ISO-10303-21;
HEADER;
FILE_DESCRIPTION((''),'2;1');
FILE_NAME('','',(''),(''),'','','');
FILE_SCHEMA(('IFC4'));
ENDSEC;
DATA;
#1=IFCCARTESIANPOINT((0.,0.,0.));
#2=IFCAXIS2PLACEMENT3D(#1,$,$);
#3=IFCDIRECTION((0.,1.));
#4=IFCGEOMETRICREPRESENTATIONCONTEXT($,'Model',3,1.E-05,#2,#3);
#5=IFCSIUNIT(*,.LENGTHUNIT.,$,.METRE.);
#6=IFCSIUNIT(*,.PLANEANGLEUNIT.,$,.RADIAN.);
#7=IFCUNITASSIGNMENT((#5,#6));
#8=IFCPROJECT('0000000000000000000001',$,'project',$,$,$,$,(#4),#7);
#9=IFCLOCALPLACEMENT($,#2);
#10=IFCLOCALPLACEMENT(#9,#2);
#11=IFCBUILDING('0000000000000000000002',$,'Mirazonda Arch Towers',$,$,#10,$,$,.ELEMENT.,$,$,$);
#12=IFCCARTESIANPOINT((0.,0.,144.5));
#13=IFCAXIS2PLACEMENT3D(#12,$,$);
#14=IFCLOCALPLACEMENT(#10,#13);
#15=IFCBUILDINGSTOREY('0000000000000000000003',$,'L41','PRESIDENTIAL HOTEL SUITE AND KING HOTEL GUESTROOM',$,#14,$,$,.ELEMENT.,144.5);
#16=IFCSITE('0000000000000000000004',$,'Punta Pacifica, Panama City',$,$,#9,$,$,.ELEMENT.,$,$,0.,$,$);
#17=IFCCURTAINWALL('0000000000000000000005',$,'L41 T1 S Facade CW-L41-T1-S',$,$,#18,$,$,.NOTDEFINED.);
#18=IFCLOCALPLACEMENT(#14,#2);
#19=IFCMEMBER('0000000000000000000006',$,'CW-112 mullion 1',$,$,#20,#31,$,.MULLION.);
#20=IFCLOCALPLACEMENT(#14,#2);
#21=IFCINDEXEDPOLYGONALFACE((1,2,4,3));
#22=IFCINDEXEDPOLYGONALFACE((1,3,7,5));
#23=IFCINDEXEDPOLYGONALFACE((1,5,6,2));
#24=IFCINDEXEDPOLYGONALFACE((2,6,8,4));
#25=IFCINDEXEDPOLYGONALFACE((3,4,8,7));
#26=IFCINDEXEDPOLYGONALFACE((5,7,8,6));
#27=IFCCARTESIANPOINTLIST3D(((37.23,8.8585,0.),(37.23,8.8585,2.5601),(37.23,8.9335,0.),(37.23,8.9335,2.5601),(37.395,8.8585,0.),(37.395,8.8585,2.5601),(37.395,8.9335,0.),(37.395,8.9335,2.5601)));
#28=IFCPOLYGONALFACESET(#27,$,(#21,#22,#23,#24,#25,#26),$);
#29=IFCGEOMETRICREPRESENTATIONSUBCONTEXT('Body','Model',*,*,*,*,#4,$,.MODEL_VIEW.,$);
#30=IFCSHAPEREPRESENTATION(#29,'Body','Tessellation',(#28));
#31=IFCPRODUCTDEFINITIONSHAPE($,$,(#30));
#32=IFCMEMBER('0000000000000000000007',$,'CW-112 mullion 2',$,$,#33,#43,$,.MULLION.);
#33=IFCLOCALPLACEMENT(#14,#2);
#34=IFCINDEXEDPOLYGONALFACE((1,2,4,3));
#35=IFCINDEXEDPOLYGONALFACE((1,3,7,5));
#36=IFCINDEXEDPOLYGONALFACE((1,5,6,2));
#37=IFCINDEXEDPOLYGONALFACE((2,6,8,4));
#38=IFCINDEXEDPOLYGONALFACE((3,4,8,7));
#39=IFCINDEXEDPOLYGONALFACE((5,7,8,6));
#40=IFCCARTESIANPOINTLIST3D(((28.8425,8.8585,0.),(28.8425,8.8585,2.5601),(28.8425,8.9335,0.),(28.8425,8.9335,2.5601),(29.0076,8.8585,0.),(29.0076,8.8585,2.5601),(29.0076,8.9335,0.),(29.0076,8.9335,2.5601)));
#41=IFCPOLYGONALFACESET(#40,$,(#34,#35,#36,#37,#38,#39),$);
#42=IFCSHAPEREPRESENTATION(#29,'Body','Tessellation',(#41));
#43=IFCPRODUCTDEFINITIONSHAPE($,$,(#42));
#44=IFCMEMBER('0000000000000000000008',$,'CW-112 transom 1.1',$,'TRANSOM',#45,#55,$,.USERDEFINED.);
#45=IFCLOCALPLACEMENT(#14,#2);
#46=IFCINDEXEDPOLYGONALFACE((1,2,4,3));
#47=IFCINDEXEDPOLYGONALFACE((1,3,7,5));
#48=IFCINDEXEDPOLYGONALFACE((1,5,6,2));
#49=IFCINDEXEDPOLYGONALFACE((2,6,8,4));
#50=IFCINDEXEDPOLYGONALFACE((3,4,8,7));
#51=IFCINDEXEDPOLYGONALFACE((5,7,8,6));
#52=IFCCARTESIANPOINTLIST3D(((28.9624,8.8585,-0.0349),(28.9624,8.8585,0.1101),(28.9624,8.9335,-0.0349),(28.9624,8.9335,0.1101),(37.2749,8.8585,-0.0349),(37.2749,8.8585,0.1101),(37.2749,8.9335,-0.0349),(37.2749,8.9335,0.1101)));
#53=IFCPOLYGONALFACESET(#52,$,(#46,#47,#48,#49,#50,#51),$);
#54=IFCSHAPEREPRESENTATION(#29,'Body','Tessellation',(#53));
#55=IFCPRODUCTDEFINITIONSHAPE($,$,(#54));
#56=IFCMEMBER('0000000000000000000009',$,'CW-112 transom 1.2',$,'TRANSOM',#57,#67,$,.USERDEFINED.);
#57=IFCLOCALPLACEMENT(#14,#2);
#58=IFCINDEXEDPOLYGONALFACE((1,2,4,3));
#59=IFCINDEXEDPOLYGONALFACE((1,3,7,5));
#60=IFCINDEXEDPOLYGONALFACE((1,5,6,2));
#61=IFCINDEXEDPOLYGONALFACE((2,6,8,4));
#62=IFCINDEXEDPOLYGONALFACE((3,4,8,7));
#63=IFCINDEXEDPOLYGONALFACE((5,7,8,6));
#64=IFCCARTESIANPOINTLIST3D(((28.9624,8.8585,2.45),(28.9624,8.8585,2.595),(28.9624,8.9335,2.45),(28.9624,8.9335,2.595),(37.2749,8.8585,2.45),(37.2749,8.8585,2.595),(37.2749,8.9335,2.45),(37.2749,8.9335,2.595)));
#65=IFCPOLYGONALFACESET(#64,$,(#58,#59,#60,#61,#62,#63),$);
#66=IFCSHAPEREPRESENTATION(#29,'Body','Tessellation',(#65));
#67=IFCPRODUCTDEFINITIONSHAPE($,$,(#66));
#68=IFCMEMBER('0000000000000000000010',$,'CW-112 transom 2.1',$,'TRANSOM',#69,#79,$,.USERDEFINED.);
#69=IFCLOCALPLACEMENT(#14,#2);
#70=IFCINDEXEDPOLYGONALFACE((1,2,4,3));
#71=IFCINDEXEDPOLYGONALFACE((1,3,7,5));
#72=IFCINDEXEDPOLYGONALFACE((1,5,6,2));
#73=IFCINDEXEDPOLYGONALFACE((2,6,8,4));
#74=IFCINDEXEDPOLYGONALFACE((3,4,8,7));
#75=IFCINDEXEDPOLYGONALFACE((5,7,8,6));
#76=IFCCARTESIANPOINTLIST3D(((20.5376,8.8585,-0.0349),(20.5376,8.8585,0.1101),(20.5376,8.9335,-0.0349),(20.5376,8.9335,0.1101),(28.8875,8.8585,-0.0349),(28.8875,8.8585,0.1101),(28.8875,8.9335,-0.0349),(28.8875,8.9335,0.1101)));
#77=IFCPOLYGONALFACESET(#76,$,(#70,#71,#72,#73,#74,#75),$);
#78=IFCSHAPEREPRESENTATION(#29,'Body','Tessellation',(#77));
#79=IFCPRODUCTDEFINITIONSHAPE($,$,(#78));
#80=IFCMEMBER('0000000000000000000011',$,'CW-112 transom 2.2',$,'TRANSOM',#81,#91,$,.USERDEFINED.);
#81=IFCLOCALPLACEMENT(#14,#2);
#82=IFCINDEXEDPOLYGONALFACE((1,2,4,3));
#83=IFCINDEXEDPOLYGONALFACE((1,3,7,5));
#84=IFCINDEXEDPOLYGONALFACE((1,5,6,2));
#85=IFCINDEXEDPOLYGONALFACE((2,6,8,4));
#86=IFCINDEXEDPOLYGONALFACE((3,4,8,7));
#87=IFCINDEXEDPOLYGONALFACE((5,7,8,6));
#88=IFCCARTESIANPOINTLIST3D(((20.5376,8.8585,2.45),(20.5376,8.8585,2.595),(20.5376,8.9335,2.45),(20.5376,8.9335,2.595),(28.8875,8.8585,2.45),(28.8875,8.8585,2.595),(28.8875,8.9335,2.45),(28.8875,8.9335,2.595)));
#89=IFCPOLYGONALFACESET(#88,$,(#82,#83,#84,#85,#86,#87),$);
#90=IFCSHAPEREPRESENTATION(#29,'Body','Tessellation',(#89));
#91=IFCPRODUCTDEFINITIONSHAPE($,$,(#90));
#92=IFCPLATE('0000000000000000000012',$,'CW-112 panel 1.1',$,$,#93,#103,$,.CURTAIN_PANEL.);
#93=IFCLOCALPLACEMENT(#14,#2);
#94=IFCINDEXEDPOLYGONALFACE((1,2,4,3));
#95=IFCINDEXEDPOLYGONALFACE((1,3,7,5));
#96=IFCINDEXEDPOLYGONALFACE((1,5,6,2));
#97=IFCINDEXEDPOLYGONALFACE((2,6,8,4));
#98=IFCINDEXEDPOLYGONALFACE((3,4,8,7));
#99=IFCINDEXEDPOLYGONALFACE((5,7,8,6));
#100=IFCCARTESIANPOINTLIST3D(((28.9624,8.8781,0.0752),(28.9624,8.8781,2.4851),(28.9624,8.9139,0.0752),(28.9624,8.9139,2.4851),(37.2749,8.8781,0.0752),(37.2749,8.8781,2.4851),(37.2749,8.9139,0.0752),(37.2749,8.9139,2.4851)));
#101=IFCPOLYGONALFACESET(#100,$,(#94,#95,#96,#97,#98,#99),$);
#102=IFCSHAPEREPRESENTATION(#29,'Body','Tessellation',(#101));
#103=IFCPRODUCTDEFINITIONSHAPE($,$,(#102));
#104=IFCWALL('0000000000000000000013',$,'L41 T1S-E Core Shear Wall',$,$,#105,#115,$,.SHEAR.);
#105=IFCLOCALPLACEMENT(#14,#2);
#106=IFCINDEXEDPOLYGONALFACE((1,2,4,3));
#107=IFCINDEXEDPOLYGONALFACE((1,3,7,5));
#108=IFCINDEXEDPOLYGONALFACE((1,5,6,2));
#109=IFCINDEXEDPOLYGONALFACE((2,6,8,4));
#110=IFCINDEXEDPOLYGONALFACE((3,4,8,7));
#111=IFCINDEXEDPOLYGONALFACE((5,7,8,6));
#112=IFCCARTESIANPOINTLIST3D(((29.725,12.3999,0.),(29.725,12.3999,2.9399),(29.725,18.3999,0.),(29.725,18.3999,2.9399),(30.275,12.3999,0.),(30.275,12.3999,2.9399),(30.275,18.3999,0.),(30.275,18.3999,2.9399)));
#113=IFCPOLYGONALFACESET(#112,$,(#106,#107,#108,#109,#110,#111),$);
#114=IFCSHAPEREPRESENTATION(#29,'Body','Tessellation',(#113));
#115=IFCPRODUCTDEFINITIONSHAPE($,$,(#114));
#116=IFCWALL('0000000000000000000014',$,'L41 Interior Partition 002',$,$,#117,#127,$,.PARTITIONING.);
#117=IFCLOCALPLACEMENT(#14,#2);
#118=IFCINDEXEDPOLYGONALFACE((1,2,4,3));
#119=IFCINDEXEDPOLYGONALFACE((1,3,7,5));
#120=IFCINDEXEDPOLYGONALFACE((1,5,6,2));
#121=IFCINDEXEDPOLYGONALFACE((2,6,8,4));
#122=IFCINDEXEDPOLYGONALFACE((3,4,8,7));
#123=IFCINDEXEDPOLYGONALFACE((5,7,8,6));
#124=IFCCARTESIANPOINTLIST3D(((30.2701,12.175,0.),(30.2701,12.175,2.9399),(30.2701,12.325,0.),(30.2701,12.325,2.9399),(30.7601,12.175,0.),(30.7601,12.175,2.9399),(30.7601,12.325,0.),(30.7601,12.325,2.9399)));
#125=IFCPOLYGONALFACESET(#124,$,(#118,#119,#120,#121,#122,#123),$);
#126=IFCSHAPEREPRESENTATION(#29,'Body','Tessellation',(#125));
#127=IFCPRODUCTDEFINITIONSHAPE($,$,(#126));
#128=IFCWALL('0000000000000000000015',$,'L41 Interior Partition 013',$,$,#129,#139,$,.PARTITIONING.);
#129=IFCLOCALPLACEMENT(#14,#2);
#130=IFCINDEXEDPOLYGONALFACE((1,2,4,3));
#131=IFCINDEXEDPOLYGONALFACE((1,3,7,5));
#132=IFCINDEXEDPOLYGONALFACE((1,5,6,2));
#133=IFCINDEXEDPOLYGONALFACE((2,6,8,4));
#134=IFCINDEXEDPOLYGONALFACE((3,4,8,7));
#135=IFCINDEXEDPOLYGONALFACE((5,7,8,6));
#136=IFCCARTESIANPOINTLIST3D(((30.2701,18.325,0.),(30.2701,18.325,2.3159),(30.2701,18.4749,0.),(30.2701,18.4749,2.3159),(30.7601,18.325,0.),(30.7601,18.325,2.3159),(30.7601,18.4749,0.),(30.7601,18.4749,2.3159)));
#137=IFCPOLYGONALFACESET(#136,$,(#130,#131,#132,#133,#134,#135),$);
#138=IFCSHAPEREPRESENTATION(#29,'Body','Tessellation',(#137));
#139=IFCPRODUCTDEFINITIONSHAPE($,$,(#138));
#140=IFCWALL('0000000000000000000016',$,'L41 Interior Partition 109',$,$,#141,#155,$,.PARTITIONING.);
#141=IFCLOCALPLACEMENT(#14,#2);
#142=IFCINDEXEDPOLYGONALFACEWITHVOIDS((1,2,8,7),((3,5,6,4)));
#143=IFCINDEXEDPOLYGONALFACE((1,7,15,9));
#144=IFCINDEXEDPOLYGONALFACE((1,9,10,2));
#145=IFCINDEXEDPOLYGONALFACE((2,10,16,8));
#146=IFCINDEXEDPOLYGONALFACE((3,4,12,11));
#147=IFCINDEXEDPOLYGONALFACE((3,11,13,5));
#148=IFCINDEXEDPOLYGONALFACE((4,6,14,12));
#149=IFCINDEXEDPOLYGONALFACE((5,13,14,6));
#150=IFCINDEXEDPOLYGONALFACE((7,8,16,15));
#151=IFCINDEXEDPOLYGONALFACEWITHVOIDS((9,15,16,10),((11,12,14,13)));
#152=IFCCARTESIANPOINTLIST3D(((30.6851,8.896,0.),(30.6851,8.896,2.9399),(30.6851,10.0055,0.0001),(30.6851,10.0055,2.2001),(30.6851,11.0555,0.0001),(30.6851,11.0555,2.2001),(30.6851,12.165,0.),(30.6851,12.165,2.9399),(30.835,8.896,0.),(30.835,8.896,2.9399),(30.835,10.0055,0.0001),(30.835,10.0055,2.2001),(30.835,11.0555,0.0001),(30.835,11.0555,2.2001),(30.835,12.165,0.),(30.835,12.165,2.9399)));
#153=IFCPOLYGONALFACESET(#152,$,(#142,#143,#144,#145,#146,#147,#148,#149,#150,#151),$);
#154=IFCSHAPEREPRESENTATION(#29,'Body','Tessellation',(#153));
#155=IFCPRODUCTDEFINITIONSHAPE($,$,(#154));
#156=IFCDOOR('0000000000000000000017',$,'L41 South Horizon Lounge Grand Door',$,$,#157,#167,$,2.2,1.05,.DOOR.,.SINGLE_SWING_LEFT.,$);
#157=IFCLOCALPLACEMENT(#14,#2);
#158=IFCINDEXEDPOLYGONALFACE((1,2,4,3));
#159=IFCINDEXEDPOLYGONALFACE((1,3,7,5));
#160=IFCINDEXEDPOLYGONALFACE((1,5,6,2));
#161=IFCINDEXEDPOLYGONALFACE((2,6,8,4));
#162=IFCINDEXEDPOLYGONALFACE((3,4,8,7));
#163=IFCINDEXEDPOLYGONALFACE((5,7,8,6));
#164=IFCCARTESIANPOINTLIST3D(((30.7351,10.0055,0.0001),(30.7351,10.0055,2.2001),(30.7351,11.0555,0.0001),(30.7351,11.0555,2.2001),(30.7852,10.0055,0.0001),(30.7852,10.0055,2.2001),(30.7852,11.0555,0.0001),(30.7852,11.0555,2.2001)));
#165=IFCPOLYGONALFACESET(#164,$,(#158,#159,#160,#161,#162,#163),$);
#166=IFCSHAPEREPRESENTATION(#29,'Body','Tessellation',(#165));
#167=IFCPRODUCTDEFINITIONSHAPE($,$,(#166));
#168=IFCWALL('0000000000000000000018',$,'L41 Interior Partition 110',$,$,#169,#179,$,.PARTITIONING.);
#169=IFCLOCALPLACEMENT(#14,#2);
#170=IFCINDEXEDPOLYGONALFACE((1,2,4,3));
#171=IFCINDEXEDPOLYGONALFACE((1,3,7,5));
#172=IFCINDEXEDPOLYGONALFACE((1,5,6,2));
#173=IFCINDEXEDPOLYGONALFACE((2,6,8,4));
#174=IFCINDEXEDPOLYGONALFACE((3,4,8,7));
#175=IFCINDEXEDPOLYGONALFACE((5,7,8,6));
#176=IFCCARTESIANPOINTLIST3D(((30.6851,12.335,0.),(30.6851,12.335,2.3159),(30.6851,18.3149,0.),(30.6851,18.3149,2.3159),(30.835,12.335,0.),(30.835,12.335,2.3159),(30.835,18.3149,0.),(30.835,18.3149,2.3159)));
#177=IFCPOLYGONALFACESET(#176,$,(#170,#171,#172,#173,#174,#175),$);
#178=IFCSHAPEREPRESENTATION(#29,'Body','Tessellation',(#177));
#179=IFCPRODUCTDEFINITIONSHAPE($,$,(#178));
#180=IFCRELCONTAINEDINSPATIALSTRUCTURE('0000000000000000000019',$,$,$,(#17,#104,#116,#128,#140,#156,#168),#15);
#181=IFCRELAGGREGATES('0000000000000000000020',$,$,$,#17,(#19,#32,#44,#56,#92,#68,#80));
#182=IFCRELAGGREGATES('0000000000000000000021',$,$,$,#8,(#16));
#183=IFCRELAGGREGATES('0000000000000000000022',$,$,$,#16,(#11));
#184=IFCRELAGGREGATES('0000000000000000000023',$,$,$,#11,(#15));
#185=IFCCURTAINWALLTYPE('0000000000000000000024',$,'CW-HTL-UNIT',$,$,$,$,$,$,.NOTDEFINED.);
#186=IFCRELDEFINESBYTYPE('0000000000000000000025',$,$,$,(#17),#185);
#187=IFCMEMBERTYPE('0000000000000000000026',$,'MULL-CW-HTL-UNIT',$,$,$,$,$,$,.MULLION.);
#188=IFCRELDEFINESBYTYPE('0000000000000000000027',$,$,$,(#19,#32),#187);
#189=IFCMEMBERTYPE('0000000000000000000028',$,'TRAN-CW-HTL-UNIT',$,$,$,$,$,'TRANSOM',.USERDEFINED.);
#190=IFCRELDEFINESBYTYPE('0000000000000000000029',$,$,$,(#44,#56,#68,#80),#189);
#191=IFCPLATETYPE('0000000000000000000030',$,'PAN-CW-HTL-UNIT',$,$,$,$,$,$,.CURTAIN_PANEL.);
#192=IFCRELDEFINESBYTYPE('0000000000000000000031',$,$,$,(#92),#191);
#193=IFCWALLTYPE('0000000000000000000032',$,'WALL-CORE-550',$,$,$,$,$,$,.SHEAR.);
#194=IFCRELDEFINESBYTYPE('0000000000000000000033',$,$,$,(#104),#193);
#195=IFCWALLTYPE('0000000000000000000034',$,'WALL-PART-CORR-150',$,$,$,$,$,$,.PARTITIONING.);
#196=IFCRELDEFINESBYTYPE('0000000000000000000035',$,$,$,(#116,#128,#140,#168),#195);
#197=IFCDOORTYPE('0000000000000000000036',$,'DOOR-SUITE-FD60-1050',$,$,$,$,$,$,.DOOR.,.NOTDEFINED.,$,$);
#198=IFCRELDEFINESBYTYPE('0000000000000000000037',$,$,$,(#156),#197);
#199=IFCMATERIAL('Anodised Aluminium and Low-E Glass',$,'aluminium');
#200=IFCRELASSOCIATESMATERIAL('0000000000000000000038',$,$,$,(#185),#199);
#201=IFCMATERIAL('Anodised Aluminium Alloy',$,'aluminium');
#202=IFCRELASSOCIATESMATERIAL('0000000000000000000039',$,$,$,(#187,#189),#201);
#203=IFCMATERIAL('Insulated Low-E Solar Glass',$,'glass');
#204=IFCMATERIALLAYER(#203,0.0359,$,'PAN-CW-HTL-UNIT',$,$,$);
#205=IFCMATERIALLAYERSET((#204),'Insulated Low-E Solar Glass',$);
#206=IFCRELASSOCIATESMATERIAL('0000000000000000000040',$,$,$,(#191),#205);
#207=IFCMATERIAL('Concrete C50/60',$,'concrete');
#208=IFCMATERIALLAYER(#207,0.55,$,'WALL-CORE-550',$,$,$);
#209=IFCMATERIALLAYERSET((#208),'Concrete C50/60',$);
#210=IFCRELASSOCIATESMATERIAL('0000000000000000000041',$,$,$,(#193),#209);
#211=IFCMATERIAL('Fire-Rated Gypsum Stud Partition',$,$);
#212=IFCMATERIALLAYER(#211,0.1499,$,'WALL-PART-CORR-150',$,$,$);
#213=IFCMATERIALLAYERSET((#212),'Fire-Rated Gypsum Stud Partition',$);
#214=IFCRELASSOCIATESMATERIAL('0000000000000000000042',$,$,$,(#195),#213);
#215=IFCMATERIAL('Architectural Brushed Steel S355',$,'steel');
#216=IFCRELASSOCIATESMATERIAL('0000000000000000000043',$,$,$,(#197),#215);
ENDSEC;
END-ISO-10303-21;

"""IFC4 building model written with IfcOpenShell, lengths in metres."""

from ifc_helpers import new_model, si_unit, direction, frame, frame_2d, origin, origin_2d, place, context, subcontext, project, spatial, rectangle, extrude, material, layer, layer_set, material_profile, profile_set, type_object, element, fill, aggregate, save


model = new_model("IFC4")

# Units and contexts
model_context = context("Model", 3, precision=1e-05, world=origin(), true_north=direction((0.0, 1.0)))
body_context = subcontext(model_context, "Body", "Model", "MODEL_VIEW")
ifc_project = project(units=[si_unit("LENGTHUNIT", "METRE"), si_unit("PLANEANGLEUNIT", "RADIAN")], contexts=[model_context])

# Site, building, storey
site_placement = place(None, origin())
site = spatial("IfcSite", under=ifc_project, at=site_placement, Name="Punta Pacifica, Panama City", CompositionType="ELEMENT", RefElevation=0.0)
building_placement = place(site_placement, origin())
building = spatial("IfcBuilding", under=site, at=building_placement, Name="Mirazonda Arch Towers", CompositionType="ELEMENT")
storey_placement = place(building_placement, frame((0.0, 0.0, 144.5)))
storey = spatial("IfcBuildingStorey", under=building, at=storey_placement, Name="L41", Description="PRESIDENTIAL HOTEL SUITE AND KING HOTEL GUESTROOM", CompositionType="ELEMENT", Elevation=144.5)

# Shared definitions
ifc_material_1 = material(Name="Concrete C50/60", Category="concrete")

# Curtain wall, members, plate
ifc_material_2 = material(Name="Anodised Aluminium and Low-E Glass", Category="aluminium")
curtain_wall_type = type_object("IfcCurtainWallType", Name="CW-HTL-UNIT", PredefinedType="NOTDEFINED", material=ifc_material_2)
curtain_wall_placement = place(storey_placement, origin())
curtain_wall = element("IfcCurtainWall", 1, at=curtain_wall_placement, inside=storey, type_object=curtain_wall_type, Name="L41 T1 S Facade CW-L41-T1-S", PredefinedType="NOTDEFINED")
ifc_material_3 = material(Name="Anodised Aluminium Alloy", Category="aluminium")
ifc_material_profile_1 = material_profile(ifc_material_3, rectangle(XDim=0.075, YDim=0.165, at=origin_2d()), Name="ALU-MULL-75x165")
ifc_profile_set_1 = profile_set([ifc_material_profile_1], Name="Anodised Aluminium Alloy")
member_type_1 = type_object("IfcMemberType", Name="MULL-CW-HTL-UNIT", PredefinedType="MULLION", material=ifc_profile_set_1)
member_1_placement = place(storey_placement, frame((37.3125, 8.896, 0.0), z_axis=(0.0, 0.0, 1.0), x_axis=(0.0, -1.0, 0.0)))
member_1 = element("IfcMember", 2, at=member_1_placement, type_object=member_type_1, Name="CW-112 mullion 1", PredefinedType="MULLION", context=body_context, shape_type="SweptSolid", body=[
    extrude(rectangle(XDim=0.075, YDim=0.165, at=origin_2d()), origin(), (0.0, 0.0, 1.0), 2.5601),
])
member_2_placement = place(storey_placement, frame((28.925, 8.896, 0.0), z_axis=(0.0, 0.0, 1.0), x_axis=(0.0, -1.0, 0.0)))
member_2 = element("IfcMember", 3, at=member_2_placement, type_object=member_type_1, Name="CW-112 mullion 2", PredefinedType="MULLION", context=body_context, shape_type="SweptSolid", body=[
    extrude(rectangle(XDim=0.075, YDim=0.165, at=origin_2d()), origin(), (0.0, 0.0, 1.0), 2.5601),
])
ifc_material_profile_2 = material_profile(ifc_material_3, rectangle(XDim=0.075, YDim=0.145, at=origin_2d()), Name="ALU-TRAN-75x145")
ifc_profile_set_2 = profile_set([ifc_material_profile_2], Name="Anodised Aluminium Alloy")
member_type_2 = type_object("IfcMemberType", Name="TRAN-CW-HTL-UNIT", ElementType="TRANSOM", PredefinedType="USERDEFINED", material=ifc_profile_set_2)
member_3_placement = place(storey_placement, frame((37.2749, 8.896, 0.0376), z_axis=(-1.0, 0.0, 0.0), x_axis=(0.0, -1.0, 0.0)))
member_3 = element("IfcMember", 4, at=member_3_placement, type_object=member_type_2, Name="CW-112 transom 1.1", ObjectType="TRANSOM", PredefinedType="USERDEFINED", context=body_context, shape_type="SweptSolid", body=[
    extrude(rectangle(XDim=0.075, YDim=0.145, at=origin_2d()), origin(), (0.0, 0.0, 1.0), 8.3125),
])
member_4_placement = place(storey_placement, frame((37.2749, 8.896, 2.5225), z_axis=(-1.0, 0.0, 0.0), x_axis=(0.0, -1.0, 0.0)))
member_4 = element("IfcMember", 5, at=member_4_placement, type_object=member_type_2, Name="CW-112 transom 1.2", ObjectType="TRANSOM", PredefinedType="USERDEFINED", context=body_context, shape_type="SweptSolid", body=[
    extrude(rectangle(XDim=0.075, YDim=0.145, at=origin_2d()), origin(), (0.0, 0.0, 1.0), 8.3125),
])
member_5_placement = place(storey_placement, frame((28.8875, 8.896, 0.0376), z_axis=(-1.0, 0.0, 0.0), x_axis=(0.0, -1.0, 0.0)))
member_5 = element("IfcMember", 6, at=member_5_placement, type_object=member_type_2, Name="CW-112 transom 2.1", ObjectType="TRANSOM", PredefinedType="USERDEFINED", context=body_context, shape_type="SweptSolid", body=[
    extrude(rectangle(XDim=0.075, YDim=0.145, at=origin_2d()), origin(), (0.0, 0.0, 1.0), 8.3499),
])
member_6_placement = place(storey_placement, frame((28.8875, 8.896, 2.5225), z_axis=(-1.0, 0.0, 0.0), x_axis=(0.0, -1.0, 0.0)))
member_6 = element("IfcMember", 7, at=member_6_placement, type_object=member_type_2, Name="CW-112 transom 2.2", ObjectType="TRANSOM", PredefinedType="USERDEFINED", context=body_context, shape_type="SweptSolid", body=[
    extrude(rectangle(XDim=0.075, YDim=0.145, at=origin_2d()), origin(), (0.0, 0.0, 1.0), 8.3499),
])
ifc_material_4 = material(Name="Insulated Low-E Solar Glass", Category="glass")
ifc_layer_1 = layer(ifc_material_4, 0.0359, Name="PAN-CW-HTL-UNIT")
ifc_layer_set_1 = layer_set([ifc_layer_1], Name="Insulated Low-E Solar Glass")
plate_type = type_object("IfcPlateType", Name="PAN-CW-HTL-UNIT", PredefinedType="CURTAIN_PANEL", material=ifc_layer_set_1)
plate_placement = place(storey_placement, frame((33.1187, 8.896, 0.0752), z_axis=(0.0, 0.0, 1.0), x_axis=(-1.0, 0.0, 0.0)))
plate = element("IfcPlate", 8, at=plate_placement, type_object=plate_type, Name="CW-112 panel 1.1", PredefinedType="CURTAIN_PANEL", context=body_context, shape_type="SweptSolid", body=[
    extrude(rectangle(XDim=8.3125, YDim=0.0359, at=origin_2d()), origin(), (0.0, 0.0, 1.0), 2.4099),
])
aggregate(curtain_wall, [member_1, member_2, member_3, member_4, plate, member_5, member_6])

# Walls
ifc_layer_2 = layer(ifc_material_1, 0.55, Name="WALL-CORE-550")
ifc_layer_set_2 = layer_set([ifc_layer_2], Name="Concrete C50/60")
wall_type_1 = type_object("IfcWallType", Name="WALL-CORE-550", PredefinedType="SHEAR", material=ifc_layer_set_2)
wall_1_placement = place(storey_placement, frame((30.0, 12.3999, 0.0), z_axis=(0.0, 0.0, 1.0), x_axis=(0.0, 1.0, 0.0)))
element("IfcWall", 9, at=wall_1_placement, inside=storey, type_object=wall_type_1, Name="L41 T1S-E Core Shear Wall", PredefinedType="SHEAR", context=body_context, shape_type="SweptSolid", body=[
    extrude(rectangle(XDim=6.0, YDim=0.55, at=frame_2d((3.0, 0.0))), origin(), (0.0, 0.0, 1.0), 2.9399),
])
ifc_material_5 = material(Name="Fire-Rated Gypsum Stud Partition")
ifc_layer_3 = layer(ifc_material_5, 0.1499, Name="WALL-PART-CORR-150")
ifc_layer_set_3 = layer_set([ifc_layer_3], Name="Fire-Rated Gypsum Stud Partition")
wall_type_2 = type_object("IfcWallType", Name="WALL-PART-CORR-150", PredefinedType="PARTITIONING", material=ifc_layer_set_3)
wall_2_placement = place(storey_placement, frame((30.27, 12.25, 0.0), z_axis=(0.0, 0.0, 1.0), x_axis=(1.0, 0.0, 0.0)))
element("IfcWall", 10, at=wall_2_placement, inside=storey, type_object=wall_type_2, Name="L41 Interior Partition 002", PredefinedType="PARTITIONING", context=body_context, shape_type="SweptSolid", body=[
    extrude(rectangle(XDim=0.49, YDim=0.1499, at=frame_2d((0.2451, 0.0))), origin(), (0.0, 0.0, 1.0), 2.9399),
])
wall_3_placement = place(storey_placement, frame((30.27, 18.3999, 0.0), z_axis=(0.0, 0.0, 1.0), x_axis=(1.0, 0.0, 0.0)))
element("IfcWall", 11, at=wall_3_placement, inside=storey, type_object=wall_type_2, Name="L41 Interior Partition 013", PredefinedType="PARTITIONING", context=body_context, shape_type="SweptSolid", body=[
    extrude(rectangle(XDim=0.49, YDim=0.1499, at=frame_2d((0.2451, 0.0))), origin(), (0.0, 0.0, 1.0), 2.3159),
])

# Wall, opening, door
wall_4_placement = place(storey_placement, frame((30.76, 8.896, 0.0), z_axis=(0.0, 0.0, 1.0), x_axis=(0.0, 1.0, 0.0)))
wall_4 = element("IfcWall", 12, at=wall_4_placement, inside=storey, type_object=wall_type_2, Name="L41 Interior Partition 109", PredefinedType="PARTITIONING", context=body_context, shape_type="SweptSolid", body=[
    extrude(rectangle(XDim=3.269, YDim=0.1499, at=frame_2d((1.6345, 0.0))), origin(), (0.0, 0.0, 1.0), 2.9399),
])
opening_1_placement = place(wall_4_placement, frame((1.1096, 0.0, 0.0)))
opening_1 = element("IfcOpeningElement", 13, at=opening_1_placement, cuts=wall_4, PredefinedType="OPENING", context=body_context, shape_type="SweptSolid", body=[
    extrude(rectangle(XDim=1.05, YDim=2.2, at=frame_2d((0.5249, 1.1001))), frame((0.0, 0.085, 0.0), z_axis=(0.0, -1.0, 0.0), x_axis=(1.0, 0.0, 0.0)), (0.0, 0.0, 1.0), 0.1699),
])
ifc_material_6 = material(Name="Architectural Brushed Steel S355", Category="steel")
door_type_1 = type_object("IfcDoorType", Name="DOOR-SUITE-FD60-1050", OperationType="NOTDEFINED", PredefinedType="DOOR", material=ifc_material_6)
door_1_placement = place(opening_1_placement, origin())
door_1 = element("IfcDoor", 14, at=door_1_placement, inside=storey, type_object=door_type_1, Name="L41 South Horizon Lounge Grand Door", OperationType="SINGLE_SWING_LEFT", OverallHeight=2.2, OverallWidth=1.05, PredefinedType="DOOR", context=body_context, shape_type="SweptSolid", body=[
    extrude(rectangle(XDim=1.05, YDim=2.2, at=frame_2d((0.5249, 1.1001))), frame((0.0, 0.0249, 0.0), z_axis=(0.0, -1.0, 0.0), x_axis=(1.0, 0.0, 0.0)), (0.0, 0.0, 1.0), 0.05),
])
fill(opening_1, door_1)

# Wall
wall_5_placement = place(storey_placement, frame((30.76, 12.335, 0.0), z_axis=(0.0, 0.0, 1.0), x_axis=(0.0, 1.0, 0.0)))
element("IfcWall", 15, at=wall_5_placement, inside=storey, type_object=wall_type_2, Name="L41 Interior Partition 110", PredefinedType="PARTITIONING", context=body_context, shape_type="SweptSolid", body=[
    extrude(rectangle(XDim=5.98, YDim=0.1499, at=frame_2d((2.99, 0.0))), origin(), (0.0, 0.0, 1.0), 2.3159),
])

save(model, "model.ifc")
